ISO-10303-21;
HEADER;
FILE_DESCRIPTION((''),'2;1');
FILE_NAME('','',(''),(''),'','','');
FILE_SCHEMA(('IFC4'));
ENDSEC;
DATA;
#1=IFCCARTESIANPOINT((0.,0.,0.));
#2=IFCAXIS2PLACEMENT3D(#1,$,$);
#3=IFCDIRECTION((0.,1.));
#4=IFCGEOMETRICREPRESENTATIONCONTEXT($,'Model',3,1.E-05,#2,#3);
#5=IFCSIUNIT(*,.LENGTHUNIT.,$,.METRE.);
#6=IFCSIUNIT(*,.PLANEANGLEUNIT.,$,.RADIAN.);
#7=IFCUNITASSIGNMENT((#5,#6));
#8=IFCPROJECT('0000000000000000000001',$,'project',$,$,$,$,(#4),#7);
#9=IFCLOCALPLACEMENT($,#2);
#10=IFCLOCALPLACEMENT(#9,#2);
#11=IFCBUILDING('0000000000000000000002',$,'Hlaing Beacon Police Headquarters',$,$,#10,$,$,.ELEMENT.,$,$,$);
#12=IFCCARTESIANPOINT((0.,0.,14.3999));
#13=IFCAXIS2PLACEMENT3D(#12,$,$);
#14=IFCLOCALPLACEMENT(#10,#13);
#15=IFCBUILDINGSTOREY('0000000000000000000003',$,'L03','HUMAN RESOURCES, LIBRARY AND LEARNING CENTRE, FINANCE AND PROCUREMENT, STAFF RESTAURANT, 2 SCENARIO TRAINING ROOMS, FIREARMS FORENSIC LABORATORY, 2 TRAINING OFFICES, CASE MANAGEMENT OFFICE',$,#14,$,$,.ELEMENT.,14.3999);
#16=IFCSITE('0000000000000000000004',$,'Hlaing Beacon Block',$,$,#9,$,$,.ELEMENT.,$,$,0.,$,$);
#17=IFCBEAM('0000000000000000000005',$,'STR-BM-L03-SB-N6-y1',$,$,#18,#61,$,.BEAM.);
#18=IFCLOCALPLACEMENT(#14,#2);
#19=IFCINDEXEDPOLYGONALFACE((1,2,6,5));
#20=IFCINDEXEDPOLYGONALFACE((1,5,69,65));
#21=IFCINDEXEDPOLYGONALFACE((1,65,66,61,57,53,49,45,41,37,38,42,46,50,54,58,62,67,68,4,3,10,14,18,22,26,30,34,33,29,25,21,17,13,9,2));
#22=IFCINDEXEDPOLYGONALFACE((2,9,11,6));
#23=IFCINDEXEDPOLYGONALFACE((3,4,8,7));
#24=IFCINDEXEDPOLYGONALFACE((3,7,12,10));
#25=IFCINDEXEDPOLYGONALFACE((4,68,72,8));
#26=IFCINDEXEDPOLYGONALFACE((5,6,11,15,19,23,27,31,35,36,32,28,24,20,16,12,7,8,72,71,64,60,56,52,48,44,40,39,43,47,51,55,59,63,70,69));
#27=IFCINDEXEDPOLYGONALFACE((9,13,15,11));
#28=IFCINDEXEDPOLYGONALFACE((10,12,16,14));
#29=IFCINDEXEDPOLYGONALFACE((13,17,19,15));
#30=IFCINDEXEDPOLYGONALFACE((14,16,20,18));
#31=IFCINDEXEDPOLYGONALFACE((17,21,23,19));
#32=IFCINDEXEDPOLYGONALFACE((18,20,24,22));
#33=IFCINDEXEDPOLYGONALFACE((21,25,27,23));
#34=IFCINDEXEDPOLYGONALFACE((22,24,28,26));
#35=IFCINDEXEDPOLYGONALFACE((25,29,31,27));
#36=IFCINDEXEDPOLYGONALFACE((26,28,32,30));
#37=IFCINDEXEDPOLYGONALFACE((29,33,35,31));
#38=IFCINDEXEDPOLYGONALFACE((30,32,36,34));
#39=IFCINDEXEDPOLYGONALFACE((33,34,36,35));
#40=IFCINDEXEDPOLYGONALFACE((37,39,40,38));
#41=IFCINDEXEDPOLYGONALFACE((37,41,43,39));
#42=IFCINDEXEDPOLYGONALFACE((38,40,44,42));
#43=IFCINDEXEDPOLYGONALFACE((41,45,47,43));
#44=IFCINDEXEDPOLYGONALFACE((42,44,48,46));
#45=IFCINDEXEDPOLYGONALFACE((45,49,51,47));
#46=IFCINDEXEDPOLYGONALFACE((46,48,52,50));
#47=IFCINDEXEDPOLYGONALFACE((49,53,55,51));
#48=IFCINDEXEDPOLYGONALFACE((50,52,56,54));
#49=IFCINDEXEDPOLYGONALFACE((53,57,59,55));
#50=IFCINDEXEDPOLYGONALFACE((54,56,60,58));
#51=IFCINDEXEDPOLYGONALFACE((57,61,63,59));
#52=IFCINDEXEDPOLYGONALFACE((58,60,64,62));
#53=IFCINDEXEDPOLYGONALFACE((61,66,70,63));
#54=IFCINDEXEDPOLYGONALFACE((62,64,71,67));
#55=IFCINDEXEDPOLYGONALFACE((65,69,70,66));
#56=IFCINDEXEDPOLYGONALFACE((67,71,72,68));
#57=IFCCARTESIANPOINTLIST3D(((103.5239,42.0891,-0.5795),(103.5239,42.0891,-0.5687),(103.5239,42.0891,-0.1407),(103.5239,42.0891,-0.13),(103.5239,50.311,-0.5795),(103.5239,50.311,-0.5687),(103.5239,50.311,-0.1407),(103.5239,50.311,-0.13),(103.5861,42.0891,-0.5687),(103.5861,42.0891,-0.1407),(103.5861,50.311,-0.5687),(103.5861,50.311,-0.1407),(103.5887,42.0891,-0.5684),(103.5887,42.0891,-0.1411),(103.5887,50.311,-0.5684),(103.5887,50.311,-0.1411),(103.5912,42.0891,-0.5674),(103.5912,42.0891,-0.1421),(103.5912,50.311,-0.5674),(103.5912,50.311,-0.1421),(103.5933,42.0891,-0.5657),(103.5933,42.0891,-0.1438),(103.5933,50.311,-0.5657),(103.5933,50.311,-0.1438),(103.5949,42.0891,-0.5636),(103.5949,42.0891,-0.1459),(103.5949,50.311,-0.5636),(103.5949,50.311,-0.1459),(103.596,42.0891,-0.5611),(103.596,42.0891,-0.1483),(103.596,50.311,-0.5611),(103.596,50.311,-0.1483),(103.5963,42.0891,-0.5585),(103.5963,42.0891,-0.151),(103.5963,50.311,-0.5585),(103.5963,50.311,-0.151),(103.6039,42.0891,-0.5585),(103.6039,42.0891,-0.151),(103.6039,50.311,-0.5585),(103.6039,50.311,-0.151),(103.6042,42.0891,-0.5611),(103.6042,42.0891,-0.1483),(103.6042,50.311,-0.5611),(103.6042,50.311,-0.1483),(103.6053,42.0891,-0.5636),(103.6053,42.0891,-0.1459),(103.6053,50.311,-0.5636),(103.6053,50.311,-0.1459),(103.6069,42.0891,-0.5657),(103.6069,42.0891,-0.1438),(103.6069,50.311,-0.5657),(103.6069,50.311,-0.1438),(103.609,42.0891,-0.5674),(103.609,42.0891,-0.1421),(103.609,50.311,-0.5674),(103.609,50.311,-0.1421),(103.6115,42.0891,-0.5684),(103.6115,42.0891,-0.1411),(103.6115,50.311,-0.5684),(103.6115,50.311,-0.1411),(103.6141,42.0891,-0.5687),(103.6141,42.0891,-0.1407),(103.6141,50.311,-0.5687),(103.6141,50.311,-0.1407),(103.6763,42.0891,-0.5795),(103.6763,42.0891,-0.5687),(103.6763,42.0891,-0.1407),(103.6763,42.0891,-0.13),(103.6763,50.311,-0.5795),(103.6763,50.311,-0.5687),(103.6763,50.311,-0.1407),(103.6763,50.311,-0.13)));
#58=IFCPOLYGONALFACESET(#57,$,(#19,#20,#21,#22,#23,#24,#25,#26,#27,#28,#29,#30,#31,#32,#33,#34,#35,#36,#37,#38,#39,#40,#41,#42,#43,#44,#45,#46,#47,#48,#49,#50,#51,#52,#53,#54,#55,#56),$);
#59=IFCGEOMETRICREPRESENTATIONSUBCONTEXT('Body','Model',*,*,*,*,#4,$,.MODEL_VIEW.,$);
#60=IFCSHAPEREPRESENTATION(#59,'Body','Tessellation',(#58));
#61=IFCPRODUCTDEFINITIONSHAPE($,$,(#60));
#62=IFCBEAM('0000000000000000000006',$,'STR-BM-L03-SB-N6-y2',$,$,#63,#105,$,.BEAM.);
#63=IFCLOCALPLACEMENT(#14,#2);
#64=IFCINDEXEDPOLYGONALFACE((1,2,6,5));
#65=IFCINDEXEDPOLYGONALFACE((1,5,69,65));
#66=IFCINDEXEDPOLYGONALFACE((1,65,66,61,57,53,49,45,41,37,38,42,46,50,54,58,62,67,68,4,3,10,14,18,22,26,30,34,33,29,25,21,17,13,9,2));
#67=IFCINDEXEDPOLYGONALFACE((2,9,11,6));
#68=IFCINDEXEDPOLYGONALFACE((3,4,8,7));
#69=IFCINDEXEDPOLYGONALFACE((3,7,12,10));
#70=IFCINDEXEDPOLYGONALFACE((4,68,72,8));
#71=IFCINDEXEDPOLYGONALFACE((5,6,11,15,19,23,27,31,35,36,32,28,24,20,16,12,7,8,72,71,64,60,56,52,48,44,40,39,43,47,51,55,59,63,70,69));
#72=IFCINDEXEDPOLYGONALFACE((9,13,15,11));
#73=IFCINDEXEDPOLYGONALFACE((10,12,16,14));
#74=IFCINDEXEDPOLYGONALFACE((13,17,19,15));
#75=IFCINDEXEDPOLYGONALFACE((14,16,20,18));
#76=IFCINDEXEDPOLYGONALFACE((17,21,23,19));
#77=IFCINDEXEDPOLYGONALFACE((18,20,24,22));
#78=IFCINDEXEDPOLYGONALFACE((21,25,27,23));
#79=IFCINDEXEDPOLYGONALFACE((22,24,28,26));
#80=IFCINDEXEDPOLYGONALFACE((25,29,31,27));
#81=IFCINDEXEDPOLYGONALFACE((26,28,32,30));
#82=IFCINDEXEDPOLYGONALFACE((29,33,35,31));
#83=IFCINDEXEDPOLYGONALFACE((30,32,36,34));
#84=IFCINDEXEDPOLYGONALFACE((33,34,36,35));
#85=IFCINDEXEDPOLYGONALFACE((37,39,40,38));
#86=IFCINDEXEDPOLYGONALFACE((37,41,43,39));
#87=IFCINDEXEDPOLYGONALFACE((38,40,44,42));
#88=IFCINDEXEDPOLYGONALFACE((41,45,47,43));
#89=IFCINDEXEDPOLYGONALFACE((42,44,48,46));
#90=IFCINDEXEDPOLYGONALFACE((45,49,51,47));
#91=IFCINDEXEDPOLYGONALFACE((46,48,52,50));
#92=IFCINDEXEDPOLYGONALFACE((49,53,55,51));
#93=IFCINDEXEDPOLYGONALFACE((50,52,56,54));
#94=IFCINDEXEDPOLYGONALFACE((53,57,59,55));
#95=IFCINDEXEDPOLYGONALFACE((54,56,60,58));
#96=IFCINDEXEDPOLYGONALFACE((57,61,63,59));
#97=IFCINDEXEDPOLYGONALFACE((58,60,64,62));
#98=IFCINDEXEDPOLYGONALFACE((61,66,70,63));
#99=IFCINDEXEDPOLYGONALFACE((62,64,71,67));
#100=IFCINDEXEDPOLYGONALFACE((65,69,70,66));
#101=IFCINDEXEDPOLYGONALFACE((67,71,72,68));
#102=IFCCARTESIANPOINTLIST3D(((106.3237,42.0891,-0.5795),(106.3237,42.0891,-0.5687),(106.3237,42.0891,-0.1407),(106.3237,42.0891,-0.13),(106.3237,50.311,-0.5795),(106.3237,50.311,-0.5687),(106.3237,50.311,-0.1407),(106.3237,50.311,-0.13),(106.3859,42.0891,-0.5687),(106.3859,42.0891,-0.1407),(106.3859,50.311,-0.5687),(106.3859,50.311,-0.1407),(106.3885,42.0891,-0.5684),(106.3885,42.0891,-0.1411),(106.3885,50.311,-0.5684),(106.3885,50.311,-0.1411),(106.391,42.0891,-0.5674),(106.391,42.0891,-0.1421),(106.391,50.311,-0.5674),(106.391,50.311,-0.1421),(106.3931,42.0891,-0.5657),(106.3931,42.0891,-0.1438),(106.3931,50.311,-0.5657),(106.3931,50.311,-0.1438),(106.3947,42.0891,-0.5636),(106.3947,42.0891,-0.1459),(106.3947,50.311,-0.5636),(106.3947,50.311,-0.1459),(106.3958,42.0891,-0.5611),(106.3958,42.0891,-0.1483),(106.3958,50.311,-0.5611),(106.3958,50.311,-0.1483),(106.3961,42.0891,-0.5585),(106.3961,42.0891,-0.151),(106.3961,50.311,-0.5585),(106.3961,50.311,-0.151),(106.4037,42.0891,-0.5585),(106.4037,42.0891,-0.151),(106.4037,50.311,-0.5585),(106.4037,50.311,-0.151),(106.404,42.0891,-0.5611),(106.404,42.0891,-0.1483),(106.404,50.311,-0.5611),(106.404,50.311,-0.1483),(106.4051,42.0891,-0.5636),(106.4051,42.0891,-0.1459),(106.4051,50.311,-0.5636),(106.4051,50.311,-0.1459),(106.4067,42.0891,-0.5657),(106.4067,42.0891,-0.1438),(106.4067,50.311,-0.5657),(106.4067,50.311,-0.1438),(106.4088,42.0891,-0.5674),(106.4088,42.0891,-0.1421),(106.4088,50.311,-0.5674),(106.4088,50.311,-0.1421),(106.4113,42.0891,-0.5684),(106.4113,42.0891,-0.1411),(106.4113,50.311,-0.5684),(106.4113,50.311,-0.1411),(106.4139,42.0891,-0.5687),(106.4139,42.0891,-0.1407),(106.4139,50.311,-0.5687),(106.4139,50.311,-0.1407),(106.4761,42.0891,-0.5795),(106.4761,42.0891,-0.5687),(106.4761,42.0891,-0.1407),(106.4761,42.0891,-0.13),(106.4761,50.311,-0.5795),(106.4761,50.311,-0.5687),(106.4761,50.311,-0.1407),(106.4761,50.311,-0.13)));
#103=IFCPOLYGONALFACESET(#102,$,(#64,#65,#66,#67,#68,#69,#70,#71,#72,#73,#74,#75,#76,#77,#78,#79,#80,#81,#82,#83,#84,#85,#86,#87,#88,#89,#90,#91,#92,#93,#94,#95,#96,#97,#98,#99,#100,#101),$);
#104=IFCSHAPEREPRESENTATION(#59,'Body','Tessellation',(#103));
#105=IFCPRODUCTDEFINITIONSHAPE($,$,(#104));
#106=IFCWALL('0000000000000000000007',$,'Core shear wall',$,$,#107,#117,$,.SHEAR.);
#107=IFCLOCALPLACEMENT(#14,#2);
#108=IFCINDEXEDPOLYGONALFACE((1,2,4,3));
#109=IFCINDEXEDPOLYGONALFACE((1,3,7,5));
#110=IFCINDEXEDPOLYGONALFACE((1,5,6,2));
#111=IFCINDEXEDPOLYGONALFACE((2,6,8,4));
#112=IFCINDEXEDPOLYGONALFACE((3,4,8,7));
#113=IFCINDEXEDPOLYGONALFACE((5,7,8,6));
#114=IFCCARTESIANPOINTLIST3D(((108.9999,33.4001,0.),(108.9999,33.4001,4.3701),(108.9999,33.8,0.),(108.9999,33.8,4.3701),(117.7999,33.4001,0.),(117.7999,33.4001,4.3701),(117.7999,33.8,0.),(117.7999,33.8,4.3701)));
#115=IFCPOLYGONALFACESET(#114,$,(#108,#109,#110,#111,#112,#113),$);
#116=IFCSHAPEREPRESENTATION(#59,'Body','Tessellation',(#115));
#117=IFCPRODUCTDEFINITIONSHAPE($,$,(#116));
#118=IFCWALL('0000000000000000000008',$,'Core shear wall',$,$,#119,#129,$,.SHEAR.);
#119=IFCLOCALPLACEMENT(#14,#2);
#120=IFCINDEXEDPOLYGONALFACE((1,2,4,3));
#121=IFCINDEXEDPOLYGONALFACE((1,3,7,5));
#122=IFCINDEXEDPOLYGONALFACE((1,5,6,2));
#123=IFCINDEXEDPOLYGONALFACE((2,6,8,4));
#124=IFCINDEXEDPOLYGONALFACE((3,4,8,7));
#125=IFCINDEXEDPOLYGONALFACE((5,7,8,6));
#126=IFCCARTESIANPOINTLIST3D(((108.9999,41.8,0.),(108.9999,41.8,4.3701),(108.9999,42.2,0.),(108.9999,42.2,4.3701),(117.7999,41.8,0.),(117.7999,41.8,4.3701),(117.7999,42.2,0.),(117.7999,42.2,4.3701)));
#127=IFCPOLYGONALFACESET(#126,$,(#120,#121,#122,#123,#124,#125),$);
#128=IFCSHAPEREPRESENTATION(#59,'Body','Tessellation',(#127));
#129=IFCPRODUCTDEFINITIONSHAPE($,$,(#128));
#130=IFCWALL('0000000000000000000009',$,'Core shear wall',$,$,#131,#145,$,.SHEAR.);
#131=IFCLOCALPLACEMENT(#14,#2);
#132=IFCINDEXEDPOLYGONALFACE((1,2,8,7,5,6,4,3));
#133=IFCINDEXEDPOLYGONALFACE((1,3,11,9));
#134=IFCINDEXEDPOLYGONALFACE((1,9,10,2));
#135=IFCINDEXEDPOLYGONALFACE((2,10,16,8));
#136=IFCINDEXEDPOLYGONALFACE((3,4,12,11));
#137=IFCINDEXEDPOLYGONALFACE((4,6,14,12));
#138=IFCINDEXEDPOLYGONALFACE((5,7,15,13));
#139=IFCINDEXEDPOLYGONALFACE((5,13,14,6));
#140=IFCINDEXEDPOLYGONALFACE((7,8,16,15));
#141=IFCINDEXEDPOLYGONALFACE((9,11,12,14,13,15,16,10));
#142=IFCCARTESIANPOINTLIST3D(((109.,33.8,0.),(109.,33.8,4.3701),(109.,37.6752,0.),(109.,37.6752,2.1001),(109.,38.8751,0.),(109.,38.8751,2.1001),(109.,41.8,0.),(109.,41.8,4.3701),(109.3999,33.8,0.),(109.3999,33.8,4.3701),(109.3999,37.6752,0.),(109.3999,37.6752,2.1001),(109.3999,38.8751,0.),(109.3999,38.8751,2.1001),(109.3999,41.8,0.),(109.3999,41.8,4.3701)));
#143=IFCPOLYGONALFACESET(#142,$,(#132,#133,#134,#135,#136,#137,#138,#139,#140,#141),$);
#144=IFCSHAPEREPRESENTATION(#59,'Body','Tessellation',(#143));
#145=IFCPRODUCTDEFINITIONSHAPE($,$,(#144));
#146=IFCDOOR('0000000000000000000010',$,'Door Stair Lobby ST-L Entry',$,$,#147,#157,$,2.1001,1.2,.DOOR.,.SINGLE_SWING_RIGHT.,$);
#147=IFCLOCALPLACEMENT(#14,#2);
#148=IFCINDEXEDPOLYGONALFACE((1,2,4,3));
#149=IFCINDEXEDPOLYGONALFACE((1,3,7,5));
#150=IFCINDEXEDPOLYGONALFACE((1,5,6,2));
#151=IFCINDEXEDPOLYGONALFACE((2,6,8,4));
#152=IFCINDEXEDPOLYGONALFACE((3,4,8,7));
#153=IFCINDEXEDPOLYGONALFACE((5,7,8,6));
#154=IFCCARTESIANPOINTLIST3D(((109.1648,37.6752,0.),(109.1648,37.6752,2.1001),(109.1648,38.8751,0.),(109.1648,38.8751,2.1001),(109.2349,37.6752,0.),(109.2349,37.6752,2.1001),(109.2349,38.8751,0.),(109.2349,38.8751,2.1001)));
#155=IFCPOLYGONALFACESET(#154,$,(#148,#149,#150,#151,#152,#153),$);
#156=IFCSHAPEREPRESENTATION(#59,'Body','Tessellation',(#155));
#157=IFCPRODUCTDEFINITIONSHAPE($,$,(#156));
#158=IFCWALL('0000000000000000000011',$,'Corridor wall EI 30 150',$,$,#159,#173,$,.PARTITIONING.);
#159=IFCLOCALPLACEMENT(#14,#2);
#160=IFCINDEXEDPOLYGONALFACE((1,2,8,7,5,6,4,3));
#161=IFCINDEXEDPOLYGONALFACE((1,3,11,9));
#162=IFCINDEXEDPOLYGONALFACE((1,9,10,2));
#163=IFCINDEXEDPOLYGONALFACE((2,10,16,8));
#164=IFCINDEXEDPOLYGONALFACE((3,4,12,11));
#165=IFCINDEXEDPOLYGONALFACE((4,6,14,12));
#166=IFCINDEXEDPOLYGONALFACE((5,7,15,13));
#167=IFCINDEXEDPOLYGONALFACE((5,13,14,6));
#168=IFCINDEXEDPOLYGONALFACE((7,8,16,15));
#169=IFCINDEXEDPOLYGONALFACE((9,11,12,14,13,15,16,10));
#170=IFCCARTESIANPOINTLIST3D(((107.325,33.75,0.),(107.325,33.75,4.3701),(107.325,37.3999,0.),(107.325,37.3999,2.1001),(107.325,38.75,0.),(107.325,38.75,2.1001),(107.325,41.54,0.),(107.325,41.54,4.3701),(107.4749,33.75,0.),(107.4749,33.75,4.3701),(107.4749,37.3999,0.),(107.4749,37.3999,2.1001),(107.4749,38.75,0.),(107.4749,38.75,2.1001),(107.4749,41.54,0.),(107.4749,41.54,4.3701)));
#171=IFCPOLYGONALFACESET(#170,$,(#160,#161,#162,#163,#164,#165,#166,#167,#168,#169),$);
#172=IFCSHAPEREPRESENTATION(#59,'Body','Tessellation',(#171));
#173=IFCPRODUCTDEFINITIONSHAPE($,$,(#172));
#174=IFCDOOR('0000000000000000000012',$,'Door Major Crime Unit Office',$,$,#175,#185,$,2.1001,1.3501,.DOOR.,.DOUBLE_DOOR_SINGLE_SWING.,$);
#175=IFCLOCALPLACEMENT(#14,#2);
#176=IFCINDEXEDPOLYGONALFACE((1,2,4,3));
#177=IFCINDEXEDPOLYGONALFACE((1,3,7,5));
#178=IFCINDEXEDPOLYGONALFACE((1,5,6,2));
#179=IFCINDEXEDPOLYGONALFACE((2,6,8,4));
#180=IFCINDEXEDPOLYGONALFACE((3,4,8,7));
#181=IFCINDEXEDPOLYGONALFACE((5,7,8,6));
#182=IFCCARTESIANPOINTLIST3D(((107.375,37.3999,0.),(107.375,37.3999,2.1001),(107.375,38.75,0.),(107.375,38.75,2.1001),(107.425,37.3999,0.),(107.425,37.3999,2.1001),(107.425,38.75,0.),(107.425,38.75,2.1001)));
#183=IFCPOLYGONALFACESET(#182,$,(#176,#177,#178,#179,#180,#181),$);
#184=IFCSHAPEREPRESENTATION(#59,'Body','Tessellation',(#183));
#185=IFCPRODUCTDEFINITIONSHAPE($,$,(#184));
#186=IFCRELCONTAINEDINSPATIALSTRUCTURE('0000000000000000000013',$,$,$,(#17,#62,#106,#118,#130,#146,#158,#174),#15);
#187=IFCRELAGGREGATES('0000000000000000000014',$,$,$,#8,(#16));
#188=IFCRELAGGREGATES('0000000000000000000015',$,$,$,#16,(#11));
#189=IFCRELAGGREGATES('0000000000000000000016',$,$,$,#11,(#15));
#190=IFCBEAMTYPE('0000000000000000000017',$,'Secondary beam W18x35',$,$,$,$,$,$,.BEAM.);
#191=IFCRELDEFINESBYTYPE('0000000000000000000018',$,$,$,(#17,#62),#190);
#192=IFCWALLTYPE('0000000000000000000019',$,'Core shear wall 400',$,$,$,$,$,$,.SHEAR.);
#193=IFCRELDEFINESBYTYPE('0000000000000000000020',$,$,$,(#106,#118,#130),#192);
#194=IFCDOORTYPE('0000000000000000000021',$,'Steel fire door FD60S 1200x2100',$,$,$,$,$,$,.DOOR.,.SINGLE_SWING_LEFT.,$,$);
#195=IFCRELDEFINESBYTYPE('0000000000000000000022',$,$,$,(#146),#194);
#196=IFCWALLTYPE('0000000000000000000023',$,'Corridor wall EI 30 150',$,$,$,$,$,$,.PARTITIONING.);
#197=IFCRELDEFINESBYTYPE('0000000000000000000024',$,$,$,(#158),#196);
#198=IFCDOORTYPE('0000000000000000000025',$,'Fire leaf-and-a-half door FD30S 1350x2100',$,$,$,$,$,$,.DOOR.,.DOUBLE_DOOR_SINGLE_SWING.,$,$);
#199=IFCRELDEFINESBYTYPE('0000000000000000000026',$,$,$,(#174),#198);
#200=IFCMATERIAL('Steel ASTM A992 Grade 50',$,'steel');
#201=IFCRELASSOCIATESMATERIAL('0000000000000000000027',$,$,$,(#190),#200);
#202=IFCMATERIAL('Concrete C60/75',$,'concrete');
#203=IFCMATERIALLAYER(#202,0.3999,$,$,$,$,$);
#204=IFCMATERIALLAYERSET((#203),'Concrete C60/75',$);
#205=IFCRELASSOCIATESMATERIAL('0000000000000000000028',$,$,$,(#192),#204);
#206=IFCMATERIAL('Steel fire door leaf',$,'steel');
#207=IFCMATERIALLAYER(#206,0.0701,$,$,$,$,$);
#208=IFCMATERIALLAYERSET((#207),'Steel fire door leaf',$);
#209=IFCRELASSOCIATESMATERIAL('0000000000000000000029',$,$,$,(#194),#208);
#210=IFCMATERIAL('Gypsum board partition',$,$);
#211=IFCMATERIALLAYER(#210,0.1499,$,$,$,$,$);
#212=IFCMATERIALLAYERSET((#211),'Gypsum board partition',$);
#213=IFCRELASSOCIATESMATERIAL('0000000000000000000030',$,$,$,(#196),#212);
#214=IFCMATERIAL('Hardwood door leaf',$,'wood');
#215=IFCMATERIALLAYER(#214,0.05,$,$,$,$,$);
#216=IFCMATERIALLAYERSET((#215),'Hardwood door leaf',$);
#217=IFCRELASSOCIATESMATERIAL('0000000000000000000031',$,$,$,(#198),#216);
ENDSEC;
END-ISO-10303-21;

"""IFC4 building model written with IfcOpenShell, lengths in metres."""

from ifc_helpers import new_model, si_unit, direction, frame, frame_2d, origin, origin_2d, place, context, subcontext, project, spatial, rectangle, i_section, extrude, material, layer, layer_set, material_profile, profile_set, type_object, element, fill, save


model = new_model("IFC4")

# Units and contexts
model_context = context("Model", 3, precision=1e-05, world=origin(), true_north=direction((0.0, 1.0)))
body_context = subcontext(model_context, "Body", "Model", "MODEL_VIEW")
ifc_project = project(units=[si_unit("LENGTHUNIT", "METRE"), si_unit("PLANEANGLEUNIT", "RADIAN")], contexts=[model_context])

# Site, building, storey
site_placement = place(None, origin())
site = spatial("IfcSite", under=ifc_project, at=site_placement, Name="Hlaing Beacon Block", CompositionType="ELEMENT", RefElevation=0.0)
building_placement = place(site_placement, origin())
building = spatial("IfcBuilding", under=site, at=building_placement, Name="Hlaing Beacon Police Headquarters", CompositionType="ELEMENT")
storey_placement = place(building_placement, frame((0.0, 0.0, 14.3999)))
storey = spatial("IfcBuildingStorey", under=building, at=storey_placement, Name="L03", Description="HUMAN RESOURCES, LIBRARY AND LEARNING CENTRE, FINANCE AND PROCUREMENT, STAFF RESTAURANT, 2 SCENARIO TRAINING ROOMS, FIREARMS FORENSIC LABORATORY, 2 TRAINING OFFICES, CASE MANAGEMENT OFFICE", CompositionType="ELEMENT", Elevation=14.3999)

# Beams
ifc_material_1 = material(Name="Steel ASTM A992 Grade 50", Category="steel")
ifc_material_profile_1 = material_profile(ifc_material_1, i_section(OverallWidth=0.1523, OverallDepth=0.4495, WebThickness=0.0076, FlangeThickness=0.0107, FilletRadius=0.0103, at=origin_2d()), Name="W18x35")
ifc_profile_set_1 = profile_set([ifc_material_profile_1], Name="Steel ASTM A992 Grade 50")
beam_type_1 = type_object("IfcBeamType", Name="Secondary beam W18x35", PredefinedType="BEAM", material=ifc_profile_set_1)
for number, where, z_axis, x_axis, name in (
    (1, (103.6001, 42.0891, -0.3547), (0.0, 1.0, 0.0), (-1.0, 0.0, 0.0), "STR-BM-L03-SB-N6-y1"),
    (2, (106.3999, 42.0891, -0.3547), (0.0, 1.0, 0.0), (-1.0, 0.0, 0.0), "STR-BM-L03-SB-N6-y2"),
):
    element("IfcBeam", number, at=place(storey_placement, frame(where, z_axis=z_axis, x_axis=x_axis)), inside=storey, type_object=beam_type_1, Name=name, PredefinedType="BEAM", context=body_context, shape_type="SweptSolid", body=[
        extrude(i_section(OverallWidth=0.1523, OverallDepth=0.4495, WebThickness=0.0076, FlangeThickness=0.0107, FilletRadius=0.0103, at=origin_2d()), origin(), (0.0, 0.0, 1.0), 8.2219),
    ])

# Walls
ifc_material_2 = material(Name="Concrete C60/75", Category="concrete")
ifc_layer_1 = layer(ifc_material_2, 0.3999)
ifc_layer_set_1 = layer_set([ifc_layer_1], Name="Concrete C60/75")
wall_type_1 = type_object("IfcWallType", Name="Core shear wall 400", PredefinedType="SHEAR", material=ifc_layer_set_1)
for number, where, z_axis, x_axis, name in (
    (3, (109.0, 33.6001, 0.0), (0.0, 0.0, 1.0), (1.0, 0.0, 0.0), "Core shear wall"),
    (4, (109.0, 42.0, 0.0), (0.0, 0.0, 1.0), (1.0, 0.0, 0.0), "Core shear wall"),
):
    element("IfcWall", number, at=place(storey_placement, frame(where, z_axis=z_axis, x_axis=x_axis)), inside=storey, type_object=wall_type_1, Name=name, PredefinedType="SHEAR", context=body_context, shape_type="SweptSolid", body=[
        extrude(rectangle(XDim=8.8, YDim=0.3999, at=frame_2d((4.3999, 0.0))), origin(), (0.0, 0.0, 1.0), 4.3701),
    ])

# Walls, openings, doors
wall_1_placement = place(storey_placement, frame((109.2, 33.8, 0.0), z_axis=(0.0, 0.0, 1.0), x_axis=(0.0, 1.0, 0.0)))
wall_1 = element("IfcWall", 5, at=wall_1_placement, inside=storey, type_object=wall_type_1, Name="Core shear wall", PredefinedType="SHEAR", context=body_context, shape_type="SweptSolid", body=[
    extrude(rectangle(XDim=8.0, YDim=0.3999, at=frame_2d((4.0, 0.0))), origin(), (0.0, 0.0, 1.0), 4.3701),
])
opening_1_placement = place(wall_1_placement, frame((3.875, 0.0, 0.0)))
opening_1 = element("IfcOpeningElement", 6, at=opening_1_placement, cuts=wall_1, PredefinedType="OPENING", context=body_context, shape_type="SweptSolid", body=[
    extrude(rectangle(XDim=1.2, YDim=2.1001, at=frame_2d((0.6001, 1.05))), frame((0.0, 0.21, 0.0), z_axis=(0.0, -1.0, 0.0), x_axis=(1.0, 0.0, 0.0)), (0.0, 0.0, 1.0), 0.4199),
])
ifc_material_3 = material(Name="Steel fire door leaf", Category="steel")
ifc_layer_2 = layer(ifc_material_3, 0.0701)
ifc_layer_set_2 = layer_set([ifc_layer_2], Name="Steel fire door leaf")
door_type_1 = type_object("IfcDoorType", Name="Steel fire door FD60S 1200x2100", OperationType="SINGLE_SWING_LEFT", PredefinedType="DOOR", material=ifc_layer_set_2)
door_1_placement = place(opening_1_placement, frame((1.2, 0.0, 0.0), z_axis=(0.0, 0.0, 1.0), x_axis=(-1.0, 0.0, 0.0)))
door_1 = element("IfcDoor", 7, at=door_1_placement, inside=storey, type_object=door_type_1, Name="Door Stair Lobby ST-L Entry", OperationType="SINGLE_SWING_RIGHT", OverallHeight=2.1001, OverallWidth=1.2, PredefinedType="DOOR", context=body_context, shape_type="SweptSolid", body=[
    extrude(rectangle(XDim=1.2, YDim=2.1001, at=frame_2d((0.5999, 1.05))), frame((0.0, 0.0349, 0.0), z_axis=(0.0, -1.0, 0.0), x_axis=(1.0, 0.0, 0.0)), (0.0, 0.0, 1.0), 0.0701),
])
fill(opening_1, door_1)
ifc_material_4 = material(Name="Gypsum board partition")
ifc_layer_3 = layer(ifc_material_4, 0.1499)
ifc_layer_set_3 = layer_set([ifc_layer_3], Name="Gypsum board partition")
wall_type_2 = type_object("IfcWallType", Name="Corridor wall EI 30 150", PredefinedType="PARTITIONING", material=ifc_layer_set_3)
wall_2_placement = place(storey_placement, frame((107.3999, 33.75, 0.0), z_axis=(0.0, 0.0, 1.0), x_axis=(0.0, 1.0, 0.0)))
wall_2 = element("IfcWall", 8, at=wall_2_placement, inside=storey, type_object=wall_type_2, Name="Corridor wall EI 30 150", PredefinedType="PARTITIONING", context=body_context, shape_type="SweptSolid", body=[
    extrude(rectangle(XDim=7.79, YDim=0.1499, at=frame_2d((3.895, 0.0))), origin(), (0.0, 0.0, 1.0), 4.3701),
])
opening_2_placement = place(wall_2_placement, frame((3.6499, 0.0, 0.0)))
opening_2 = element("IfcOpeningElement", 9, at=opening_2_placement, cuts=wall_2, PredefinedType="OPENING", context=body_context, shape_type="SweptSolid", body=[
    extrude(rectangle(XDim=1.3501, YDim=2.1001, at=frame_2d((0.675, 1.05))), frame((0.0, 0.085, 0.0), z_axis=(0.0, -1.0, 0.0), x_axis=(1.0, 0.0, 0.0)), (0.0, 0.0, 1.0), 0.1699),
])
ifc_material_5 = material(Name="Hardwood door leaf", Category="wood")
ifc_layer_4 = layer(ifc_material_5, 0.05)
ifc_layer_set_4 = layer_set([ifc_layer_4], Name="Hardwood door leaf")
door_type_2 = type_object("IfcDoorType", Name="Fire leaf-and-a-half door FD30S 1350x2100", OperationType="DOUBLE_DOOR_SINGLE_SWING", PredefinedType="DOOR", material=ifc_layer_set_4)
door_2_placement = place(opening_2_placement, origin())
door_2 = element("IfcDoor", 10, at=door_2_placement, inside=storey, type_object=door_type_2, Name="Door Major Crime Unit Office", OperationType="DOUBLE_DOOR_SINGLE_SWING", OverallHeight=2.1001, OverallWidth=1.3501, PredefinedType="DOOR", context=body_context, shape_type="SweptSolid", body=[
    extrude(rectangle(XDim=1.3501, YDim=2.1001, at=frame_2d((0.675, 1.05))), frame((0.0, 0.0249, 0.0), z_axis=(0.0, -1.0, 0.0), x_axis=(1.0, 0.0, 0.0)), (0.0, 0.0, 1.0), 0.05),
])
fill(opening_2, door_2)

save(model, "model.ifc")
